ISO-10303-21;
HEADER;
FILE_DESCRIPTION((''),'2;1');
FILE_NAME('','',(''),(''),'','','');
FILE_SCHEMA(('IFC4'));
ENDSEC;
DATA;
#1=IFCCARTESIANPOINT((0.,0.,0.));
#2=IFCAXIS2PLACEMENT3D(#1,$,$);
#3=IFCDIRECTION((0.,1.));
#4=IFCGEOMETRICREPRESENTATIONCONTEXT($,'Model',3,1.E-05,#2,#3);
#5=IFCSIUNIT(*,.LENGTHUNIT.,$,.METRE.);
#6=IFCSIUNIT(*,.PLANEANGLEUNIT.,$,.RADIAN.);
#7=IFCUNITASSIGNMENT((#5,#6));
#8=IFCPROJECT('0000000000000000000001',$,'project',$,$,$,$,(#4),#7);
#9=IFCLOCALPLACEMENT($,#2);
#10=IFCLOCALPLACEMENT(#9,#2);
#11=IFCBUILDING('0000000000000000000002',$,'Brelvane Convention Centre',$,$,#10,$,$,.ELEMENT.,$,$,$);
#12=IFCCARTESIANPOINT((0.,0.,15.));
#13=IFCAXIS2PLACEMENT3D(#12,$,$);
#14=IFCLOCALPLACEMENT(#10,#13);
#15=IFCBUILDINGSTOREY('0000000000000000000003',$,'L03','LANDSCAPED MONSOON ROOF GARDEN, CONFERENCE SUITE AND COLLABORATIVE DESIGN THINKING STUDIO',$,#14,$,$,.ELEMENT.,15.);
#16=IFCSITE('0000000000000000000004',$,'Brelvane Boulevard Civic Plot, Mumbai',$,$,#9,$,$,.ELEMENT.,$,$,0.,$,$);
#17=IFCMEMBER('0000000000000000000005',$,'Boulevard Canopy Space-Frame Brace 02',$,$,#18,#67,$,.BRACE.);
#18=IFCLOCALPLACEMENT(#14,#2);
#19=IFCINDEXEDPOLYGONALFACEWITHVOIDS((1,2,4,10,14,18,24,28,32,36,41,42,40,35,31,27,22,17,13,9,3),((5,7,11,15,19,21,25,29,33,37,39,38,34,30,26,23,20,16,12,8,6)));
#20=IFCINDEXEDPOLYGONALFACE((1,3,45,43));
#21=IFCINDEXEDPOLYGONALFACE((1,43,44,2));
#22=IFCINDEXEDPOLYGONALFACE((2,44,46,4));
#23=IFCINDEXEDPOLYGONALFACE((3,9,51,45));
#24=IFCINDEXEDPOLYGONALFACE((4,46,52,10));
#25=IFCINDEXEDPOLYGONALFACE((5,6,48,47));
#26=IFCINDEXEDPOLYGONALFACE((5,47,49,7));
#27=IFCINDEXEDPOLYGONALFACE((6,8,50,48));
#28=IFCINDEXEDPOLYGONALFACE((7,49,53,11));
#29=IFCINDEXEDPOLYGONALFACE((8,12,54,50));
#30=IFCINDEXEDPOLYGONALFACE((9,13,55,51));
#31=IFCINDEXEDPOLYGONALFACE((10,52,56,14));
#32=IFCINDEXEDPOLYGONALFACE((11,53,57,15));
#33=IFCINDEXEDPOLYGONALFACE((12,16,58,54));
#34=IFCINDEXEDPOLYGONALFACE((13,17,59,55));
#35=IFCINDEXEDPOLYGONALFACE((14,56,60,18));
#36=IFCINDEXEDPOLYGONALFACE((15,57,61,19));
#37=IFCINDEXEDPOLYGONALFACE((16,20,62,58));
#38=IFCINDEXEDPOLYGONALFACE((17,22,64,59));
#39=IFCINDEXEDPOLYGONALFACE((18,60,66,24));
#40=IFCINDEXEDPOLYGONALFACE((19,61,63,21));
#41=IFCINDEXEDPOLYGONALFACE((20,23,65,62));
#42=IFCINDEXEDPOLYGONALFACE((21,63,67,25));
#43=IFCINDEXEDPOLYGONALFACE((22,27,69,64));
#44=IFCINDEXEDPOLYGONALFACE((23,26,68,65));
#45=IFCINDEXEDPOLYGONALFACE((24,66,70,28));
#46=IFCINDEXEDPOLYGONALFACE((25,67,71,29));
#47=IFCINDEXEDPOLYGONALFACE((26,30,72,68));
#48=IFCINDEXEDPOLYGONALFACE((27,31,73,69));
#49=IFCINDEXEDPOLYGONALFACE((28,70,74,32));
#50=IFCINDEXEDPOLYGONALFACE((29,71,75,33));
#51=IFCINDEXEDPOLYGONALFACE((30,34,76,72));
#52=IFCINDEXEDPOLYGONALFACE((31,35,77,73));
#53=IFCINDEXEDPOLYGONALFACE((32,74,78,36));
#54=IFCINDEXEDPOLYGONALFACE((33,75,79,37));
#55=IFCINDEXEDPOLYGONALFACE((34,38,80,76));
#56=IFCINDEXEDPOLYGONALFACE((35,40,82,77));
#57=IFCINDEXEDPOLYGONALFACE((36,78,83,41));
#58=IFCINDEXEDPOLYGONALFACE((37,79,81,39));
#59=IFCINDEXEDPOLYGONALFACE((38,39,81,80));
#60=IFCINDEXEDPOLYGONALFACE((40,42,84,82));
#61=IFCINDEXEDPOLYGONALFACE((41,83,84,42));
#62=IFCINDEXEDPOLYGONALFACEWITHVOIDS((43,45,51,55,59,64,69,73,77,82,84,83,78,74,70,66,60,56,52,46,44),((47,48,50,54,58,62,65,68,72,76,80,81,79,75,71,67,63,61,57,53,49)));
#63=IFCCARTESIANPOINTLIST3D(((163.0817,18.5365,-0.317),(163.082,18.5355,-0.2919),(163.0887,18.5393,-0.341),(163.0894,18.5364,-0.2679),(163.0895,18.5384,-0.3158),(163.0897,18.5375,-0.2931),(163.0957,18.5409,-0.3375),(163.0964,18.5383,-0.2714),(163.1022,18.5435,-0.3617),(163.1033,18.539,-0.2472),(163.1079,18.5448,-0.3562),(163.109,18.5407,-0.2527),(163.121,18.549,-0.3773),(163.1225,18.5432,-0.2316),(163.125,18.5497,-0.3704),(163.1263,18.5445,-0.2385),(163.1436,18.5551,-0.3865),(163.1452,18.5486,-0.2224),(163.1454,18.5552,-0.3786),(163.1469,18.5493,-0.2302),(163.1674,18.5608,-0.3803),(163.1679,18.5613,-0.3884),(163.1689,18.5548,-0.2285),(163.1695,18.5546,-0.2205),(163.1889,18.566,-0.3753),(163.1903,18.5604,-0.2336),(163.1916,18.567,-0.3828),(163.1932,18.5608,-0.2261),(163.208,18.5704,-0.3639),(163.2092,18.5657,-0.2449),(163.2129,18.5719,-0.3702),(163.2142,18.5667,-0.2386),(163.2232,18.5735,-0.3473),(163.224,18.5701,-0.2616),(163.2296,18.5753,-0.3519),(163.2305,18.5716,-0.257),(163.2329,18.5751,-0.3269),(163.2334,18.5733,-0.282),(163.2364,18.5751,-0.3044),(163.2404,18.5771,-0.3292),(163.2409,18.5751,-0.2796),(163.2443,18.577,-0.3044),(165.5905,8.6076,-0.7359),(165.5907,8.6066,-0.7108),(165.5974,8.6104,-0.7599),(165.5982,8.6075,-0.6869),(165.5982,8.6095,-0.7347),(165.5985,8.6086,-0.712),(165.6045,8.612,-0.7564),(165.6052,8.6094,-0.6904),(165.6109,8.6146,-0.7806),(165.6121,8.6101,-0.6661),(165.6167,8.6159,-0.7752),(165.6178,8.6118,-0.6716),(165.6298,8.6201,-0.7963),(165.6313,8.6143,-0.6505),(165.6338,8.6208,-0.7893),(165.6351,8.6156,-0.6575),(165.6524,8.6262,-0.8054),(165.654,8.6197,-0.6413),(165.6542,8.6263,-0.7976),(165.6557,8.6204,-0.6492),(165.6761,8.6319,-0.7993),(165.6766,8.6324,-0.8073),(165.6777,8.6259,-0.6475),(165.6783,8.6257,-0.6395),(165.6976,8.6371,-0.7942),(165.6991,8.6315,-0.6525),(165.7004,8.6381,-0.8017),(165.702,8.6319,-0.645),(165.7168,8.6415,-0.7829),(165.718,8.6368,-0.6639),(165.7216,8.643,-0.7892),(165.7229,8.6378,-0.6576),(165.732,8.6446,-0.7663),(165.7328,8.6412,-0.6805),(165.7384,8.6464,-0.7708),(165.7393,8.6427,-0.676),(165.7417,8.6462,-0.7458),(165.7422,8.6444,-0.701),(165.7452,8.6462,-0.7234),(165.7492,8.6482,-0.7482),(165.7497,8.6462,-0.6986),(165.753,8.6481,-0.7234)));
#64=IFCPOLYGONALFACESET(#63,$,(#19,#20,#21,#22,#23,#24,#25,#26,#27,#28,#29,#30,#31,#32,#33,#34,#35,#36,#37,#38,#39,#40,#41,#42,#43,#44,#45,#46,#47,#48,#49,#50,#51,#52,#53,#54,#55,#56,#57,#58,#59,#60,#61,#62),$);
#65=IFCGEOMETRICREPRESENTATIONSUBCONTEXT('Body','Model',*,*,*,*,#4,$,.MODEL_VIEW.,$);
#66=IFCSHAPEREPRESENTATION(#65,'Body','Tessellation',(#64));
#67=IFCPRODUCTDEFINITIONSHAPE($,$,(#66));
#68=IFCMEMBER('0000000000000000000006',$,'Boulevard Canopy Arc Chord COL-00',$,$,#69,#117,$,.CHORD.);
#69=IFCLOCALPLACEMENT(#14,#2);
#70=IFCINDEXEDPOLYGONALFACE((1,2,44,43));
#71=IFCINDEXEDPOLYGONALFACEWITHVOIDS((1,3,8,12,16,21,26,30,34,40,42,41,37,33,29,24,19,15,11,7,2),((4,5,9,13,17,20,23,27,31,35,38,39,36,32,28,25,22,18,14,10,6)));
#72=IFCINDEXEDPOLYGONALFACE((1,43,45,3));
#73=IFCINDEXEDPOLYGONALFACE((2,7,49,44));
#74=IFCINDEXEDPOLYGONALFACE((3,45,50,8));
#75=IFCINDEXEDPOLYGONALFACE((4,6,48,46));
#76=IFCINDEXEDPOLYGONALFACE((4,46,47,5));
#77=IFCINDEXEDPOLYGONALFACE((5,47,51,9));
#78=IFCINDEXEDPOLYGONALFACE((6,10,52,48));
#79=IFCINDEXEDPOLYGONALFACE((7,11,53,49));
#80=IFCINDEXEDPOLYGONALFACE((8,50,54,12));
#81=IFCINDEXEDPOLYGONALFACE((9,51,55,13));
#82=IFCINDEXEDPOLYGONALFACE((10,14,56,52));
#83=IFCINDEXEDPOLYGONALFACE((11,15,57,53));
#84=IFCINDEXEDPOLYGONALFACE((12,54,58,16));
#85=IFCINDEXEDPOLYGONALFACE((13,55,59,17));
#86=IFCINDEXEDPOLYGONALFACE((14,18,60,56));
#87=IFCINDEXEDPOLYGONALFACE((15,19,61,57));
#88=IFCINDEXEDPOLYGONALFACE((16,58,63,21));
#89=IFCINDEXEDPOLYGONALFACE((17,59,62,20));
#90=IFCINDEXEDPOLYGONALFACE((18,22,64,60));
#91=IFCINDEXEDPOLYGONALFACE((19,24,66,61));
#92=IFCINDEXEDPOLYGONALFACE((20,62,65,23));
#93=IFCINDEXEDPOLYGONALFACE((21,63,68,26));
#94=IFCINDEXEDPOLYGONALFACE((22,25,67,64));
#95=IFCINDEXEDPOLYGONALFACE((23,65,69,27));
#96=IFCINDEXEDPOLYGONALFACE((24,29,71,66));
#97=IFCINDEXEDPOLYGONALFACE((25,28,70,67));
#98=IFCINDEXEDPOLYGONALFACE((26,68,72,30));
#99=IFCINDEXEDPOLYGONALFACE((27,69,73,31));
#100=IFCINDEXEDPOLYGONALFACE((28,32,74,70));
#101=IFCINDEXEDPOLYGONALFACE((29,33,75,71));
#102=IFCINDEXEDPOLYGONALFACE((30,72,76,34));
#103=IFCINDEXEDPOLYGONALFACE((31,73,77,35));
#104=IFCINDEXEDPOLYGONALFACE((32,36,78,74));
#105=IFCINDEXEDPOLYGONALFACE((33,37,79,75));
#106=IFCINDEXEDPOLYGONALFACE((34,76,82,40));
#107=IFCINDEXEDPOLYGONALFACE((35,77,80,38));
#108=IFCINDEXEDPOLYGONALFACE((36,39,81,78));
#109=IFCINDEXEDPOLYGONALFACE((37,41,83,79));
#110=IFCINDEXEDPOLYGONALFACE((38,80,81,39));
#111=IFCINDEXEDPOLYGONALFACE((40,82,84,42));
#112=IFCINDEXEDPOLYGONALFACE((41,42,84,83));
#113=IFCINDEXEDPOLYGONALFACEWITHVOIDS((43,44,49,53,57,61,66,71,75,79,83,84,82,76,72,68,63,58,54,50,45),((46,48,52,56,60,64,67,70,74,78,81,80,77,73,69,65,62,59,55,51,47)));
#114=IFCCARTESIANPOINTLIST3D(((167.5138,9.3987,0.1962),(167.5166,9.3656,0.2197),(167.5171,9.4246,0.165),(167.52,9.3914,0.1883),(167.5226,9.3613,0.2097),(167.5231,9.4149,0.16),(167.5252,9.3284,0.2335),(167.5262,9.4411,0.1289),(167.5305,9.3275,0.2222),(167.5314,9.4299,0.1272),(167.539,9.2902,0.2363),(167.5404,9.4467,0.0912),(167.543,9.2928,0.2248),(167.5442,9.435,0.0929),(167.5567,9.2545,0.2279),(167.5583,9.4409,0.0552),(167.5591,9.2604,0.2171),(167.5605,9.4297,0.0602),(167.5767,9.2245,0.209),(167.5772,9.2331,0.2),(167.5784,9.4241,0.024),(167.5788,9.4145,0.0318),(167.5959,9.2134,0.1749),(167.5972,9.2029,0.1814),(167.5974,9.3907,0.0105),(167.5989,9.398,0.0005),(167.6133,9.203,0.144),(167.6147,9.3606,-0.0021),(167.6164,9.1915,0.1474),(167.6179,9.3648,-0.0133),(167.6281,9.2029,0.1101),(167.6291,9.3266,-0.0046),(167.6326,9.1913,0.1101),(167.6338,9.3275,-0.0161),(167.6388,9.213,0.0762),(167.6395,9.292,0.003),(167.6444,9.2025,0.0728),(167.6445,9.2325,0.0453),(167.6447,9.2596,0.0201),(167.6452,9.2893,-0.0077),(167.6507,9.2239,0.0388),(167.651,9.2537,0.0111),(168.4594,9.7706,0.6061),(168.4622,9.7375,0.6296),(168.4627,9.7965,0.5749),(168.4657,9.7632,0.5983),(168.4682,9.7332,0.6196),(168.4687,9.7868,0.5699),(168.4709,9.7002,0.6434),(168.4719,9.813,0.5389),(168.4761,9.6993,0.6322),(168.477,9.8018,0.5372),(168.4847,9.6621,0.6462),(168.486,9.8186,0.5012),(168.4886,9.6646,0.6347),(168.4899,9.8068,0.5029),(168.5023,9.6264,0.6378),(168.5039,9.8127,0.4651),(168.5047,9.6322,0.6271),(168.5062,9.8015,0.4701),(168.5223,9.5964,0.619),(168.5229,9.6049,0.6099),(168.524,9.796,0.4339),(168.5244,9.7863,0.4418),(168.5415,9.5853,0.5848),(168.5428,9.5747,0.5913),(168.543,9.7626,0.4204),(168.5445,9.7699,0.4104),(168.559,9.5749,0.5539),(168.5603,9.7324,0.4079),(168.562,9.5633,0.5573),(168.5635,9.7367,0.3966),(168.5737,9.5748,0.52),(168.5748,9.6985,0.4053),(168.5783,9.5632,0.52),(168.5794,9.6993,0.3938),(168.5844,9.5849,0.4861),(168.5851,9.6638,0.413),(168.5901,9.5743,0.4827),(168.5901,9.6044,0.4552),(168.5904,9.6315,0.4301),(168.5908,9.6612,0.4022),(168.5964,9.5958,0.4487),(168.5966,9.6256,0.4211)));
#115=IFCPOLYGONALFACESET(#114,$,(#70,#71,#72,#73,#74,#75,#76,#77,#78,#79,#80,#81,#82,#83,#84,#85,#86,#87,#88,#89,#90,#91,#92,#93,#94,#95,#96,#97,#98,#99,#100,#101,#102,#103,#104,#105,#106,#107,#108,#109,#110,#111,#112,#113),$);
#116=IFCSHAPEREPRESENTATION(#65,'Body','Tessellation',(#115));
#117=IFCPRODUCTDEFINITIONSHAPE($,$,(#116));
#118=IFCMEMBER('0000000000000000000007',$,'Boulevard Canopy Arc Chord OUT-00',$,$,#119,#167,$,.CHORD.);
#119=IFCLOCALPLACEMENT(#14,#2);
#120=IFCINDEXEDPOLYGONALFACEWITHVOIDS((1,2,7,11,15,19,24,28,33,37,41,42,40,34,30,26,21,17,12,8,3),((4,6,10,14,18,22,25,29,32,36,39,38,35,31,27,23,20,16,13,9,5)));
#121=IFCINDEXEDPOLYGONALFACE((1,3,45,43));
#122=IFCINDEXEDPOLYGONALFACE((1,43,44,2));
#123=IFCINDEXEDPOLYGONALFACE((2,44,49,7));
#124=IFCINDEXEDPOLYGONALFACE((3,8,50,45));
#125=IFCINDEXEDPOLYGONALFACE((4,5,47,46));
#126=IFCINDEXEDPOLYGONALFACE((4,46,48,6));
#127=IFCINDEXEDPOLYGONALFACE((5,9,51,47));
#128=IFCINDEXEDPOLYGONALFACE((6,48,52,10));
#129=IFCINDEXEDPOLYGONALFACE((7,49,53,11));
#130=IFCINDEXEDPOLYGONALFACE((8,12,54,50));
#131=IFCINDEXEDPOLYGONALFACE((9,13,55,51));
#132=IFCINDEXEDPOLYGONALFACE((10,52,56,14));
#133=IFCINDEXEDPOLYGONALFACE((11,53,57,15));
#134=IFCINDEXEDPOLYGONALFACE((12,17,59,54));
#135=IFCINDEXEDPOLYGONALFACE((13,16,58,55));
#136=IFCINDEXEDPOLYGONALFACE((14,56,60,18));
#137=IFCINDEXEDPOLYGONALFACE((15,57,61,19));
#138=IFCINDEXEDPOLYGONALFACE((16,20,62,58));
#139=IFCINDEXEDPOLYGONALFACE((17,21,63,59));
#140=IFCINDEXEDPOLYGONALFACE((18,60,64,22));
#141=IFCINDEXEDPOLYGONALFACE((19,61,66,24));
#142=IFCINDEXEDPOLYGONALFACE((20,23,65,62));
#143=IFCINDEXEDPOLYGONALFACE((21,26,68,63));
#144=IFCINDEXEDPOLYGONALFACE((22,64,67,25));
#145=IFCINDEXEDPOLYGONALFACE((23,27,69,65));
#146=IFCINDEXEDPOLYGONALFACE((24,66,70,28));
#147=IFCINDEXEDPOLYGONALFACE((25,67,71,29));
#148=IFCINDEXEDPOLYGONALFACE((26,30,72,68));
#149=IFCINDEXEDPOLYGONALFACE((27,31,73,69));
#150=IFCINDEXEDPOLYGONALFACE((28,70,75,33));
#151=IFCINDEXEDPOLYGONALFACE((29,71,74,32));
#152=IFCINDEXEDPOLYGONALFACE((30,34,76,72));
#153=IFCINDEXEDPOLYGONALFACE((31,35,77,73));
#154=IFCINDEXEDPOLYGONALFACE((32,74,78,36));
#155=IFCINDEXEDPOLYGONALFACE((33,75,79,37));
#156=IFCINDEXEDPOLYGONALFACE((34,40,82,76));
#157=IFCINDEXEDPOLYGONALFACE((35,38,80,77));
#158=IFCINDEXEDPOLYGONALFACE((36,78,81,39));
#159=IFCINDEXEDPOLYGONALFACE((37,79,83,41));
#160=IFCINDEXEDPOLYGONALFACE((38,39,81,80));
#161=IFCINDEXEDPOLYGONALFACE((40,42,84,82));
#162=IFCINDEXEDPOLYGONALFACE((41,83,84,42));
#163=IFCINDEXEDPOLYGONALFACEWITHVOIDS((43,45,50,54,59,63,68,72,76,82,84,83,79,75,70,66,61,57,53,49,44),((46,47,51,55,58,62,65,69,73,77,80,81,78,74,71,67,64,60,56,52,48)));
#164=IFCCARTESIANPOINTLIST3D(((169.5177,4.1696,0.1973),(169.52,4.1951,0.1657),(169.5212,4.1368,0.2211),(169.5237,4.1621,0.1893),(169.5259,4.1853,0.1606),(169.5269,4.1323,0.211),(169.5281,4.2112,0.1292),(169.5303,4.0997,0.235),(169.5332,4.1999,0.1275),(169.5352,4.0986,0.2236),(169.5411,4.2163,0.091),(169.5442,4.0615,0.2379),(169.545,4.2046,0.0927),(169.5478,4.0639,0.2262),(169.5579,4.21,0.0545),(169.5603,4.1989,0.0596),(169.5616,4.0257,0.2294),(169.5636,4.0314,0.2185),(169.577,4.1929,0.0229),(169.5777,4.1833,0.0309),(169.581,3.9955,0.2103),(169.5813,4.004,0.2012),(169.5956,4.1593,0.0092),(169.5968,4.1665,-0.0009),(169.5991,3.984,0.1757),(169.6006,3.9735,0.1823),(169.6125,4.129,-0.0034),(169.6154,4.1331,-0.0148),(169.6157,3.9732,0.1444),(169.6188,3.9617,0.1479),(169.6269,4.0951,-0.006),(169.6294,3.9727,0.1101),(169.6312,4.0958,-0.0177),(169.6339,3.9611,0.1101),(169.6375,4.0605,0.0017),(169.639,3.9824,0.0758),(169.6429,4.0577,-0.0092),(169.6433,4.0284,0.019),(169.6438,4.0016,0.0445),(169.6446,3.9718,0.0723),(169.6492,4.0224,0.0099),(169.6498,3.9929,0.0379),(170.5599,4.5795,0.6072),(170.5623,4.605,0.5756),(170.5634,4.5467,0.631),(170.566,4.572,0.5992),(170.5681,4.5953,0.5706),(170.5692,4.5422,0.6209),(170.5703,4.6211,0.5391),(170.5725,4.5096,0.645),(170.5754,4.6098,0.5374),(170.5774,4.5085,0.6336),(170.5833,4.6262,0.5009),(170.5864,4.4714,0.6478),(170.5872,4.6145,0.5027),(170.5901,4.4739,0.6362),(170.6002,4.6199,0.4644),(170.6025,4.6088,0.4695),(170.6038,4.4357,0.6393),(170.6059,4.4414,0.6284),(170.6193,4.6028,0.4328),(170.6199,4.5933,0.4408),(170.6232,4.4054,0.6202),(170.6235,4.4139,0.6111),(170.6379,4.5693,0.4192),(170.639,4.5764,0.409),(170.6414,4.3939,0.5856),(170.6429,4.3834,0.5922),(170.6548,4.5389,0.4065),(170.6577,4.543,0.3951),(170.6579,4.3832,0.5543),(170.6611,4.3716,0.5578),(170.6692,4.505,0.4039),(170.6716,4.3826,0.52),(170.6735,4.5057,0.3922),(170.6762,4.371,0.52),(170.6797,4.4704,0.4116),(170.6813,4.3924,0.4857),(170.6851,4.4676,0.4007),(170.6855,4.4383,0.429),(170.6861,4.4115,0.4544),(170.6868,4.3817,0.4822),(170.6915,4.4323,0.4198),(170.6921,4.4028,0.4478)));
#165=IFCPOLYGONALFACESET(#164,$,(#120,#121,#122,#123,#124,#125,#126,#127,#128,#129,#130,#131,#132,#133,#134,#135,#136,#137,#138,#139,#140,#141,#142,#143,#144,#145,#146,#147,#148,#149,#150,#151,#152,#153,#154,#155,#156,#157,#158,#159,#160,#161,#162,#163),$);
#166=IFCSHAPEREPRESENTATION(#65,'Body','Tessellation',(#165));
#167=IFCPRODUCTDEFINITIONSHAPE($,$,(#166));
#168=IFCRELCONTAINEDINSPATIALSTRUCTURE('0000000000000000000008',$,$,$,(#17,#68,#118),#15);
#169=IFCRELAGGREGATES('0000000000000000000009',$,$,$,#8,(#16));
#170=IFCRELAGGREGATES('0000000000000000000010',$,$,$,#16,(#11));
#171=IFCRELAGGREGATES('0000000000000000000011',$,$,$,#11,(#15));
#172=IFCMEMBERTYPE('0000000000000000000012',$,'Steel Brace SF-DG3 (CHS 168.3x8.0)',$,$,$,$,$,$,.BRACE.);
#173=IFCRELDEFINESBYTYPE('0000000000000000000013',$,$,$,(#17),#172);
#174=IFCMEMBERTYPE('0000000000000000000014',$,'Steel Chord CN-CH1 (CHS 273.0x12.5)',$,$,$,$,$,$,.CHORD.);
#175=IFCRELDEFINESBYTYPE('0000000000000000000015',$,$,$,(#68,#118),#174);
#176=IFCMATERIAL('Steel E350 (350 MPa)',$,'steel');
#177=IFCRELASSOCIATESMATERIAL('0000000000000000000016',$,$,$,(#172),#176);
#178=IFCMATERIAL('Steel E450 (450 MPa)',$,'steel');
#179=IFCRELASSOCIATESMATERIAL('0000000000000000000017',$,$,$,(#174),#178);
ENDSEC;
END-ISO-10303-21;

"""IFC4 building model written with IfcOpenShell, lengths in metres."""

from ifc_helpers import new_model, si_unit, direction, frame, origin, origin_2d, place, context, subcontext, project, spatial, hollow_circle, extrude, material, material_profile, profile_set, type_object, element, save


model = new_model("IFC4")

# Units and contexts
model_context = context("Model", 3, precision=1e-05, world=origin(), true_north=direction((0.0, 1.0)))
body_context = subcontext(model_context, "Body", "Model", "MODEL_VIEW")
ifc_project = project(units=[si_unit("LENGTHUNIT", "METRE"), si_unit("PLANEANGLEUNIT", "RADIAN")], contexts=[model_context])

# Site, building, storey
site_placement = place(None, origin())
site = spatial("IfcSite", under=ifc_project, at=site_placement, Name="Brelvane Boulevard Civic Plot, Mumbai", CompositionType="ELEMENT", RefElevation=0.0)
building_placement = place(site_placement, origin())
building = spatial("IfcBuilding", under=site, at=building_placement, Name="Brelvane Convention Centre", CompositionType="ELEMENT")
storey_placement = place(building_placement, frame((0.0, 0.0, 15.0)))
storey = spatial("IfcBuildingStorey", under=building, at=storey_placement, Name="L03", Description="LANDSCAPED MONSOON ROOF GARDEN, CONFERENCE SUITE AND COLLABORATIVE DESIGN THINKING STUDIO", CompositionType="ELEMENT", Elevation=15.0)

# Members
ifc_material_1 = material(Name="Steel E350 (350 MPa)", Category="steel")
ifc_material_profile_1 = material_profile(ifc_material_1, hollow_circle(Radius=0.0842, WallThickness=0.0081, at=origin_2d()), Name="CHS 168.3x8.0")
ifc_profile_set_1 = profile_set([ifc_material_profile_1], Name="Steel E350 (350 MPa)")
member_type_1 = type_object("IfcMemberType", Name="Steel Brace SF-DG3 (CHS 168.3x8.0)", PredefinedType="BRACE", material=ifc_profile_set_1)
for number, where, z_axis, x_axis, name in (
    (1, (163.1626, 18.5564, -0.3044), (0.24477, -0.968719, -0.040874), (0.969529, 0.244975, 0.0), "Boulevard Canopy Space-Frame Brace 02"),
):
    element("IfcMember", number, at=place(storey_placement, frame(where, z_axis=z_axis, x_axis=x_axis)), inside=storey, type_object=member_type_1, Name=name, PredefinedType="BRACE", context=body_context, shape_type="SweptSolid", body=[
        extrude(hollow_circle(Radius=0.0842, WallThickness=0.0081, at=origin_2d()), origin(), (0.0, 0.0, 1.0), 10.2495),
    ])
ifc_material_2 = material(Name="Steel E450 (450 MPa)", Category="steel")
ifc_material_profile_2 = material_profile(ifc_material_2, hollow_circle(Radius=0.1365, WallThickness=0.0125, at=origin_2d()), Name="CHS 273.0x12.5")
ifc_profile_set_2 = profile_set([ifc_material_profile_2], Name="Steel E450 (450 MPa)")
member_type_2 = type_object("IfcMemberType", Name="Steel Chord CN-CH1 (CHS 273.0x12.5)", PredefinedType="CHORD", material=ifc_profile_set_2)
member_1_placement = place(storey_placement, frame((168.5283, 9.6902, 0.52), z_axis=(-0.863042, -0.339378, -0.374141), x_axis=(0.365957, -0.930632, 0.0)))
element("IfcMember", 2, at=member_1_placement, inside=storey, type_object=member_type_2, Name="Boulevard Canopy Arc Chord COL-00", PredefinedType="CHORD", context=body_context, shape_type="SweptSolid", body=[
    extrude(hollow_circle(Radius=0.1365, WallThickness=0.0125, at=origin_2d()), origin(), (0.0, 0.0, 1.0), 1.0957),
])
member_2_placement = place(storey_placement, frame((170.6262, 4.498, 0.52), z_axis=(-0.873914, -0.343711, -0.343711), x_axis=(0.36601, -0.930611, 0.0)))
element("IfcMember", 3, at=member_2_placement, inside=storey, type_object=member_type_2, Name="Boulevard Canopy Arc Chord OUT-00", PredefinedType="CHORD", context=body_context, shape_type="SweptSolid", body=[
    extrude(hollow_circle(Radius=0.1365, WallThickness=0.0125, at=origin_2d()), origin(), (0.0, 0.0, 1.0), 1.1926),
])

save(model, "model.ifc")
